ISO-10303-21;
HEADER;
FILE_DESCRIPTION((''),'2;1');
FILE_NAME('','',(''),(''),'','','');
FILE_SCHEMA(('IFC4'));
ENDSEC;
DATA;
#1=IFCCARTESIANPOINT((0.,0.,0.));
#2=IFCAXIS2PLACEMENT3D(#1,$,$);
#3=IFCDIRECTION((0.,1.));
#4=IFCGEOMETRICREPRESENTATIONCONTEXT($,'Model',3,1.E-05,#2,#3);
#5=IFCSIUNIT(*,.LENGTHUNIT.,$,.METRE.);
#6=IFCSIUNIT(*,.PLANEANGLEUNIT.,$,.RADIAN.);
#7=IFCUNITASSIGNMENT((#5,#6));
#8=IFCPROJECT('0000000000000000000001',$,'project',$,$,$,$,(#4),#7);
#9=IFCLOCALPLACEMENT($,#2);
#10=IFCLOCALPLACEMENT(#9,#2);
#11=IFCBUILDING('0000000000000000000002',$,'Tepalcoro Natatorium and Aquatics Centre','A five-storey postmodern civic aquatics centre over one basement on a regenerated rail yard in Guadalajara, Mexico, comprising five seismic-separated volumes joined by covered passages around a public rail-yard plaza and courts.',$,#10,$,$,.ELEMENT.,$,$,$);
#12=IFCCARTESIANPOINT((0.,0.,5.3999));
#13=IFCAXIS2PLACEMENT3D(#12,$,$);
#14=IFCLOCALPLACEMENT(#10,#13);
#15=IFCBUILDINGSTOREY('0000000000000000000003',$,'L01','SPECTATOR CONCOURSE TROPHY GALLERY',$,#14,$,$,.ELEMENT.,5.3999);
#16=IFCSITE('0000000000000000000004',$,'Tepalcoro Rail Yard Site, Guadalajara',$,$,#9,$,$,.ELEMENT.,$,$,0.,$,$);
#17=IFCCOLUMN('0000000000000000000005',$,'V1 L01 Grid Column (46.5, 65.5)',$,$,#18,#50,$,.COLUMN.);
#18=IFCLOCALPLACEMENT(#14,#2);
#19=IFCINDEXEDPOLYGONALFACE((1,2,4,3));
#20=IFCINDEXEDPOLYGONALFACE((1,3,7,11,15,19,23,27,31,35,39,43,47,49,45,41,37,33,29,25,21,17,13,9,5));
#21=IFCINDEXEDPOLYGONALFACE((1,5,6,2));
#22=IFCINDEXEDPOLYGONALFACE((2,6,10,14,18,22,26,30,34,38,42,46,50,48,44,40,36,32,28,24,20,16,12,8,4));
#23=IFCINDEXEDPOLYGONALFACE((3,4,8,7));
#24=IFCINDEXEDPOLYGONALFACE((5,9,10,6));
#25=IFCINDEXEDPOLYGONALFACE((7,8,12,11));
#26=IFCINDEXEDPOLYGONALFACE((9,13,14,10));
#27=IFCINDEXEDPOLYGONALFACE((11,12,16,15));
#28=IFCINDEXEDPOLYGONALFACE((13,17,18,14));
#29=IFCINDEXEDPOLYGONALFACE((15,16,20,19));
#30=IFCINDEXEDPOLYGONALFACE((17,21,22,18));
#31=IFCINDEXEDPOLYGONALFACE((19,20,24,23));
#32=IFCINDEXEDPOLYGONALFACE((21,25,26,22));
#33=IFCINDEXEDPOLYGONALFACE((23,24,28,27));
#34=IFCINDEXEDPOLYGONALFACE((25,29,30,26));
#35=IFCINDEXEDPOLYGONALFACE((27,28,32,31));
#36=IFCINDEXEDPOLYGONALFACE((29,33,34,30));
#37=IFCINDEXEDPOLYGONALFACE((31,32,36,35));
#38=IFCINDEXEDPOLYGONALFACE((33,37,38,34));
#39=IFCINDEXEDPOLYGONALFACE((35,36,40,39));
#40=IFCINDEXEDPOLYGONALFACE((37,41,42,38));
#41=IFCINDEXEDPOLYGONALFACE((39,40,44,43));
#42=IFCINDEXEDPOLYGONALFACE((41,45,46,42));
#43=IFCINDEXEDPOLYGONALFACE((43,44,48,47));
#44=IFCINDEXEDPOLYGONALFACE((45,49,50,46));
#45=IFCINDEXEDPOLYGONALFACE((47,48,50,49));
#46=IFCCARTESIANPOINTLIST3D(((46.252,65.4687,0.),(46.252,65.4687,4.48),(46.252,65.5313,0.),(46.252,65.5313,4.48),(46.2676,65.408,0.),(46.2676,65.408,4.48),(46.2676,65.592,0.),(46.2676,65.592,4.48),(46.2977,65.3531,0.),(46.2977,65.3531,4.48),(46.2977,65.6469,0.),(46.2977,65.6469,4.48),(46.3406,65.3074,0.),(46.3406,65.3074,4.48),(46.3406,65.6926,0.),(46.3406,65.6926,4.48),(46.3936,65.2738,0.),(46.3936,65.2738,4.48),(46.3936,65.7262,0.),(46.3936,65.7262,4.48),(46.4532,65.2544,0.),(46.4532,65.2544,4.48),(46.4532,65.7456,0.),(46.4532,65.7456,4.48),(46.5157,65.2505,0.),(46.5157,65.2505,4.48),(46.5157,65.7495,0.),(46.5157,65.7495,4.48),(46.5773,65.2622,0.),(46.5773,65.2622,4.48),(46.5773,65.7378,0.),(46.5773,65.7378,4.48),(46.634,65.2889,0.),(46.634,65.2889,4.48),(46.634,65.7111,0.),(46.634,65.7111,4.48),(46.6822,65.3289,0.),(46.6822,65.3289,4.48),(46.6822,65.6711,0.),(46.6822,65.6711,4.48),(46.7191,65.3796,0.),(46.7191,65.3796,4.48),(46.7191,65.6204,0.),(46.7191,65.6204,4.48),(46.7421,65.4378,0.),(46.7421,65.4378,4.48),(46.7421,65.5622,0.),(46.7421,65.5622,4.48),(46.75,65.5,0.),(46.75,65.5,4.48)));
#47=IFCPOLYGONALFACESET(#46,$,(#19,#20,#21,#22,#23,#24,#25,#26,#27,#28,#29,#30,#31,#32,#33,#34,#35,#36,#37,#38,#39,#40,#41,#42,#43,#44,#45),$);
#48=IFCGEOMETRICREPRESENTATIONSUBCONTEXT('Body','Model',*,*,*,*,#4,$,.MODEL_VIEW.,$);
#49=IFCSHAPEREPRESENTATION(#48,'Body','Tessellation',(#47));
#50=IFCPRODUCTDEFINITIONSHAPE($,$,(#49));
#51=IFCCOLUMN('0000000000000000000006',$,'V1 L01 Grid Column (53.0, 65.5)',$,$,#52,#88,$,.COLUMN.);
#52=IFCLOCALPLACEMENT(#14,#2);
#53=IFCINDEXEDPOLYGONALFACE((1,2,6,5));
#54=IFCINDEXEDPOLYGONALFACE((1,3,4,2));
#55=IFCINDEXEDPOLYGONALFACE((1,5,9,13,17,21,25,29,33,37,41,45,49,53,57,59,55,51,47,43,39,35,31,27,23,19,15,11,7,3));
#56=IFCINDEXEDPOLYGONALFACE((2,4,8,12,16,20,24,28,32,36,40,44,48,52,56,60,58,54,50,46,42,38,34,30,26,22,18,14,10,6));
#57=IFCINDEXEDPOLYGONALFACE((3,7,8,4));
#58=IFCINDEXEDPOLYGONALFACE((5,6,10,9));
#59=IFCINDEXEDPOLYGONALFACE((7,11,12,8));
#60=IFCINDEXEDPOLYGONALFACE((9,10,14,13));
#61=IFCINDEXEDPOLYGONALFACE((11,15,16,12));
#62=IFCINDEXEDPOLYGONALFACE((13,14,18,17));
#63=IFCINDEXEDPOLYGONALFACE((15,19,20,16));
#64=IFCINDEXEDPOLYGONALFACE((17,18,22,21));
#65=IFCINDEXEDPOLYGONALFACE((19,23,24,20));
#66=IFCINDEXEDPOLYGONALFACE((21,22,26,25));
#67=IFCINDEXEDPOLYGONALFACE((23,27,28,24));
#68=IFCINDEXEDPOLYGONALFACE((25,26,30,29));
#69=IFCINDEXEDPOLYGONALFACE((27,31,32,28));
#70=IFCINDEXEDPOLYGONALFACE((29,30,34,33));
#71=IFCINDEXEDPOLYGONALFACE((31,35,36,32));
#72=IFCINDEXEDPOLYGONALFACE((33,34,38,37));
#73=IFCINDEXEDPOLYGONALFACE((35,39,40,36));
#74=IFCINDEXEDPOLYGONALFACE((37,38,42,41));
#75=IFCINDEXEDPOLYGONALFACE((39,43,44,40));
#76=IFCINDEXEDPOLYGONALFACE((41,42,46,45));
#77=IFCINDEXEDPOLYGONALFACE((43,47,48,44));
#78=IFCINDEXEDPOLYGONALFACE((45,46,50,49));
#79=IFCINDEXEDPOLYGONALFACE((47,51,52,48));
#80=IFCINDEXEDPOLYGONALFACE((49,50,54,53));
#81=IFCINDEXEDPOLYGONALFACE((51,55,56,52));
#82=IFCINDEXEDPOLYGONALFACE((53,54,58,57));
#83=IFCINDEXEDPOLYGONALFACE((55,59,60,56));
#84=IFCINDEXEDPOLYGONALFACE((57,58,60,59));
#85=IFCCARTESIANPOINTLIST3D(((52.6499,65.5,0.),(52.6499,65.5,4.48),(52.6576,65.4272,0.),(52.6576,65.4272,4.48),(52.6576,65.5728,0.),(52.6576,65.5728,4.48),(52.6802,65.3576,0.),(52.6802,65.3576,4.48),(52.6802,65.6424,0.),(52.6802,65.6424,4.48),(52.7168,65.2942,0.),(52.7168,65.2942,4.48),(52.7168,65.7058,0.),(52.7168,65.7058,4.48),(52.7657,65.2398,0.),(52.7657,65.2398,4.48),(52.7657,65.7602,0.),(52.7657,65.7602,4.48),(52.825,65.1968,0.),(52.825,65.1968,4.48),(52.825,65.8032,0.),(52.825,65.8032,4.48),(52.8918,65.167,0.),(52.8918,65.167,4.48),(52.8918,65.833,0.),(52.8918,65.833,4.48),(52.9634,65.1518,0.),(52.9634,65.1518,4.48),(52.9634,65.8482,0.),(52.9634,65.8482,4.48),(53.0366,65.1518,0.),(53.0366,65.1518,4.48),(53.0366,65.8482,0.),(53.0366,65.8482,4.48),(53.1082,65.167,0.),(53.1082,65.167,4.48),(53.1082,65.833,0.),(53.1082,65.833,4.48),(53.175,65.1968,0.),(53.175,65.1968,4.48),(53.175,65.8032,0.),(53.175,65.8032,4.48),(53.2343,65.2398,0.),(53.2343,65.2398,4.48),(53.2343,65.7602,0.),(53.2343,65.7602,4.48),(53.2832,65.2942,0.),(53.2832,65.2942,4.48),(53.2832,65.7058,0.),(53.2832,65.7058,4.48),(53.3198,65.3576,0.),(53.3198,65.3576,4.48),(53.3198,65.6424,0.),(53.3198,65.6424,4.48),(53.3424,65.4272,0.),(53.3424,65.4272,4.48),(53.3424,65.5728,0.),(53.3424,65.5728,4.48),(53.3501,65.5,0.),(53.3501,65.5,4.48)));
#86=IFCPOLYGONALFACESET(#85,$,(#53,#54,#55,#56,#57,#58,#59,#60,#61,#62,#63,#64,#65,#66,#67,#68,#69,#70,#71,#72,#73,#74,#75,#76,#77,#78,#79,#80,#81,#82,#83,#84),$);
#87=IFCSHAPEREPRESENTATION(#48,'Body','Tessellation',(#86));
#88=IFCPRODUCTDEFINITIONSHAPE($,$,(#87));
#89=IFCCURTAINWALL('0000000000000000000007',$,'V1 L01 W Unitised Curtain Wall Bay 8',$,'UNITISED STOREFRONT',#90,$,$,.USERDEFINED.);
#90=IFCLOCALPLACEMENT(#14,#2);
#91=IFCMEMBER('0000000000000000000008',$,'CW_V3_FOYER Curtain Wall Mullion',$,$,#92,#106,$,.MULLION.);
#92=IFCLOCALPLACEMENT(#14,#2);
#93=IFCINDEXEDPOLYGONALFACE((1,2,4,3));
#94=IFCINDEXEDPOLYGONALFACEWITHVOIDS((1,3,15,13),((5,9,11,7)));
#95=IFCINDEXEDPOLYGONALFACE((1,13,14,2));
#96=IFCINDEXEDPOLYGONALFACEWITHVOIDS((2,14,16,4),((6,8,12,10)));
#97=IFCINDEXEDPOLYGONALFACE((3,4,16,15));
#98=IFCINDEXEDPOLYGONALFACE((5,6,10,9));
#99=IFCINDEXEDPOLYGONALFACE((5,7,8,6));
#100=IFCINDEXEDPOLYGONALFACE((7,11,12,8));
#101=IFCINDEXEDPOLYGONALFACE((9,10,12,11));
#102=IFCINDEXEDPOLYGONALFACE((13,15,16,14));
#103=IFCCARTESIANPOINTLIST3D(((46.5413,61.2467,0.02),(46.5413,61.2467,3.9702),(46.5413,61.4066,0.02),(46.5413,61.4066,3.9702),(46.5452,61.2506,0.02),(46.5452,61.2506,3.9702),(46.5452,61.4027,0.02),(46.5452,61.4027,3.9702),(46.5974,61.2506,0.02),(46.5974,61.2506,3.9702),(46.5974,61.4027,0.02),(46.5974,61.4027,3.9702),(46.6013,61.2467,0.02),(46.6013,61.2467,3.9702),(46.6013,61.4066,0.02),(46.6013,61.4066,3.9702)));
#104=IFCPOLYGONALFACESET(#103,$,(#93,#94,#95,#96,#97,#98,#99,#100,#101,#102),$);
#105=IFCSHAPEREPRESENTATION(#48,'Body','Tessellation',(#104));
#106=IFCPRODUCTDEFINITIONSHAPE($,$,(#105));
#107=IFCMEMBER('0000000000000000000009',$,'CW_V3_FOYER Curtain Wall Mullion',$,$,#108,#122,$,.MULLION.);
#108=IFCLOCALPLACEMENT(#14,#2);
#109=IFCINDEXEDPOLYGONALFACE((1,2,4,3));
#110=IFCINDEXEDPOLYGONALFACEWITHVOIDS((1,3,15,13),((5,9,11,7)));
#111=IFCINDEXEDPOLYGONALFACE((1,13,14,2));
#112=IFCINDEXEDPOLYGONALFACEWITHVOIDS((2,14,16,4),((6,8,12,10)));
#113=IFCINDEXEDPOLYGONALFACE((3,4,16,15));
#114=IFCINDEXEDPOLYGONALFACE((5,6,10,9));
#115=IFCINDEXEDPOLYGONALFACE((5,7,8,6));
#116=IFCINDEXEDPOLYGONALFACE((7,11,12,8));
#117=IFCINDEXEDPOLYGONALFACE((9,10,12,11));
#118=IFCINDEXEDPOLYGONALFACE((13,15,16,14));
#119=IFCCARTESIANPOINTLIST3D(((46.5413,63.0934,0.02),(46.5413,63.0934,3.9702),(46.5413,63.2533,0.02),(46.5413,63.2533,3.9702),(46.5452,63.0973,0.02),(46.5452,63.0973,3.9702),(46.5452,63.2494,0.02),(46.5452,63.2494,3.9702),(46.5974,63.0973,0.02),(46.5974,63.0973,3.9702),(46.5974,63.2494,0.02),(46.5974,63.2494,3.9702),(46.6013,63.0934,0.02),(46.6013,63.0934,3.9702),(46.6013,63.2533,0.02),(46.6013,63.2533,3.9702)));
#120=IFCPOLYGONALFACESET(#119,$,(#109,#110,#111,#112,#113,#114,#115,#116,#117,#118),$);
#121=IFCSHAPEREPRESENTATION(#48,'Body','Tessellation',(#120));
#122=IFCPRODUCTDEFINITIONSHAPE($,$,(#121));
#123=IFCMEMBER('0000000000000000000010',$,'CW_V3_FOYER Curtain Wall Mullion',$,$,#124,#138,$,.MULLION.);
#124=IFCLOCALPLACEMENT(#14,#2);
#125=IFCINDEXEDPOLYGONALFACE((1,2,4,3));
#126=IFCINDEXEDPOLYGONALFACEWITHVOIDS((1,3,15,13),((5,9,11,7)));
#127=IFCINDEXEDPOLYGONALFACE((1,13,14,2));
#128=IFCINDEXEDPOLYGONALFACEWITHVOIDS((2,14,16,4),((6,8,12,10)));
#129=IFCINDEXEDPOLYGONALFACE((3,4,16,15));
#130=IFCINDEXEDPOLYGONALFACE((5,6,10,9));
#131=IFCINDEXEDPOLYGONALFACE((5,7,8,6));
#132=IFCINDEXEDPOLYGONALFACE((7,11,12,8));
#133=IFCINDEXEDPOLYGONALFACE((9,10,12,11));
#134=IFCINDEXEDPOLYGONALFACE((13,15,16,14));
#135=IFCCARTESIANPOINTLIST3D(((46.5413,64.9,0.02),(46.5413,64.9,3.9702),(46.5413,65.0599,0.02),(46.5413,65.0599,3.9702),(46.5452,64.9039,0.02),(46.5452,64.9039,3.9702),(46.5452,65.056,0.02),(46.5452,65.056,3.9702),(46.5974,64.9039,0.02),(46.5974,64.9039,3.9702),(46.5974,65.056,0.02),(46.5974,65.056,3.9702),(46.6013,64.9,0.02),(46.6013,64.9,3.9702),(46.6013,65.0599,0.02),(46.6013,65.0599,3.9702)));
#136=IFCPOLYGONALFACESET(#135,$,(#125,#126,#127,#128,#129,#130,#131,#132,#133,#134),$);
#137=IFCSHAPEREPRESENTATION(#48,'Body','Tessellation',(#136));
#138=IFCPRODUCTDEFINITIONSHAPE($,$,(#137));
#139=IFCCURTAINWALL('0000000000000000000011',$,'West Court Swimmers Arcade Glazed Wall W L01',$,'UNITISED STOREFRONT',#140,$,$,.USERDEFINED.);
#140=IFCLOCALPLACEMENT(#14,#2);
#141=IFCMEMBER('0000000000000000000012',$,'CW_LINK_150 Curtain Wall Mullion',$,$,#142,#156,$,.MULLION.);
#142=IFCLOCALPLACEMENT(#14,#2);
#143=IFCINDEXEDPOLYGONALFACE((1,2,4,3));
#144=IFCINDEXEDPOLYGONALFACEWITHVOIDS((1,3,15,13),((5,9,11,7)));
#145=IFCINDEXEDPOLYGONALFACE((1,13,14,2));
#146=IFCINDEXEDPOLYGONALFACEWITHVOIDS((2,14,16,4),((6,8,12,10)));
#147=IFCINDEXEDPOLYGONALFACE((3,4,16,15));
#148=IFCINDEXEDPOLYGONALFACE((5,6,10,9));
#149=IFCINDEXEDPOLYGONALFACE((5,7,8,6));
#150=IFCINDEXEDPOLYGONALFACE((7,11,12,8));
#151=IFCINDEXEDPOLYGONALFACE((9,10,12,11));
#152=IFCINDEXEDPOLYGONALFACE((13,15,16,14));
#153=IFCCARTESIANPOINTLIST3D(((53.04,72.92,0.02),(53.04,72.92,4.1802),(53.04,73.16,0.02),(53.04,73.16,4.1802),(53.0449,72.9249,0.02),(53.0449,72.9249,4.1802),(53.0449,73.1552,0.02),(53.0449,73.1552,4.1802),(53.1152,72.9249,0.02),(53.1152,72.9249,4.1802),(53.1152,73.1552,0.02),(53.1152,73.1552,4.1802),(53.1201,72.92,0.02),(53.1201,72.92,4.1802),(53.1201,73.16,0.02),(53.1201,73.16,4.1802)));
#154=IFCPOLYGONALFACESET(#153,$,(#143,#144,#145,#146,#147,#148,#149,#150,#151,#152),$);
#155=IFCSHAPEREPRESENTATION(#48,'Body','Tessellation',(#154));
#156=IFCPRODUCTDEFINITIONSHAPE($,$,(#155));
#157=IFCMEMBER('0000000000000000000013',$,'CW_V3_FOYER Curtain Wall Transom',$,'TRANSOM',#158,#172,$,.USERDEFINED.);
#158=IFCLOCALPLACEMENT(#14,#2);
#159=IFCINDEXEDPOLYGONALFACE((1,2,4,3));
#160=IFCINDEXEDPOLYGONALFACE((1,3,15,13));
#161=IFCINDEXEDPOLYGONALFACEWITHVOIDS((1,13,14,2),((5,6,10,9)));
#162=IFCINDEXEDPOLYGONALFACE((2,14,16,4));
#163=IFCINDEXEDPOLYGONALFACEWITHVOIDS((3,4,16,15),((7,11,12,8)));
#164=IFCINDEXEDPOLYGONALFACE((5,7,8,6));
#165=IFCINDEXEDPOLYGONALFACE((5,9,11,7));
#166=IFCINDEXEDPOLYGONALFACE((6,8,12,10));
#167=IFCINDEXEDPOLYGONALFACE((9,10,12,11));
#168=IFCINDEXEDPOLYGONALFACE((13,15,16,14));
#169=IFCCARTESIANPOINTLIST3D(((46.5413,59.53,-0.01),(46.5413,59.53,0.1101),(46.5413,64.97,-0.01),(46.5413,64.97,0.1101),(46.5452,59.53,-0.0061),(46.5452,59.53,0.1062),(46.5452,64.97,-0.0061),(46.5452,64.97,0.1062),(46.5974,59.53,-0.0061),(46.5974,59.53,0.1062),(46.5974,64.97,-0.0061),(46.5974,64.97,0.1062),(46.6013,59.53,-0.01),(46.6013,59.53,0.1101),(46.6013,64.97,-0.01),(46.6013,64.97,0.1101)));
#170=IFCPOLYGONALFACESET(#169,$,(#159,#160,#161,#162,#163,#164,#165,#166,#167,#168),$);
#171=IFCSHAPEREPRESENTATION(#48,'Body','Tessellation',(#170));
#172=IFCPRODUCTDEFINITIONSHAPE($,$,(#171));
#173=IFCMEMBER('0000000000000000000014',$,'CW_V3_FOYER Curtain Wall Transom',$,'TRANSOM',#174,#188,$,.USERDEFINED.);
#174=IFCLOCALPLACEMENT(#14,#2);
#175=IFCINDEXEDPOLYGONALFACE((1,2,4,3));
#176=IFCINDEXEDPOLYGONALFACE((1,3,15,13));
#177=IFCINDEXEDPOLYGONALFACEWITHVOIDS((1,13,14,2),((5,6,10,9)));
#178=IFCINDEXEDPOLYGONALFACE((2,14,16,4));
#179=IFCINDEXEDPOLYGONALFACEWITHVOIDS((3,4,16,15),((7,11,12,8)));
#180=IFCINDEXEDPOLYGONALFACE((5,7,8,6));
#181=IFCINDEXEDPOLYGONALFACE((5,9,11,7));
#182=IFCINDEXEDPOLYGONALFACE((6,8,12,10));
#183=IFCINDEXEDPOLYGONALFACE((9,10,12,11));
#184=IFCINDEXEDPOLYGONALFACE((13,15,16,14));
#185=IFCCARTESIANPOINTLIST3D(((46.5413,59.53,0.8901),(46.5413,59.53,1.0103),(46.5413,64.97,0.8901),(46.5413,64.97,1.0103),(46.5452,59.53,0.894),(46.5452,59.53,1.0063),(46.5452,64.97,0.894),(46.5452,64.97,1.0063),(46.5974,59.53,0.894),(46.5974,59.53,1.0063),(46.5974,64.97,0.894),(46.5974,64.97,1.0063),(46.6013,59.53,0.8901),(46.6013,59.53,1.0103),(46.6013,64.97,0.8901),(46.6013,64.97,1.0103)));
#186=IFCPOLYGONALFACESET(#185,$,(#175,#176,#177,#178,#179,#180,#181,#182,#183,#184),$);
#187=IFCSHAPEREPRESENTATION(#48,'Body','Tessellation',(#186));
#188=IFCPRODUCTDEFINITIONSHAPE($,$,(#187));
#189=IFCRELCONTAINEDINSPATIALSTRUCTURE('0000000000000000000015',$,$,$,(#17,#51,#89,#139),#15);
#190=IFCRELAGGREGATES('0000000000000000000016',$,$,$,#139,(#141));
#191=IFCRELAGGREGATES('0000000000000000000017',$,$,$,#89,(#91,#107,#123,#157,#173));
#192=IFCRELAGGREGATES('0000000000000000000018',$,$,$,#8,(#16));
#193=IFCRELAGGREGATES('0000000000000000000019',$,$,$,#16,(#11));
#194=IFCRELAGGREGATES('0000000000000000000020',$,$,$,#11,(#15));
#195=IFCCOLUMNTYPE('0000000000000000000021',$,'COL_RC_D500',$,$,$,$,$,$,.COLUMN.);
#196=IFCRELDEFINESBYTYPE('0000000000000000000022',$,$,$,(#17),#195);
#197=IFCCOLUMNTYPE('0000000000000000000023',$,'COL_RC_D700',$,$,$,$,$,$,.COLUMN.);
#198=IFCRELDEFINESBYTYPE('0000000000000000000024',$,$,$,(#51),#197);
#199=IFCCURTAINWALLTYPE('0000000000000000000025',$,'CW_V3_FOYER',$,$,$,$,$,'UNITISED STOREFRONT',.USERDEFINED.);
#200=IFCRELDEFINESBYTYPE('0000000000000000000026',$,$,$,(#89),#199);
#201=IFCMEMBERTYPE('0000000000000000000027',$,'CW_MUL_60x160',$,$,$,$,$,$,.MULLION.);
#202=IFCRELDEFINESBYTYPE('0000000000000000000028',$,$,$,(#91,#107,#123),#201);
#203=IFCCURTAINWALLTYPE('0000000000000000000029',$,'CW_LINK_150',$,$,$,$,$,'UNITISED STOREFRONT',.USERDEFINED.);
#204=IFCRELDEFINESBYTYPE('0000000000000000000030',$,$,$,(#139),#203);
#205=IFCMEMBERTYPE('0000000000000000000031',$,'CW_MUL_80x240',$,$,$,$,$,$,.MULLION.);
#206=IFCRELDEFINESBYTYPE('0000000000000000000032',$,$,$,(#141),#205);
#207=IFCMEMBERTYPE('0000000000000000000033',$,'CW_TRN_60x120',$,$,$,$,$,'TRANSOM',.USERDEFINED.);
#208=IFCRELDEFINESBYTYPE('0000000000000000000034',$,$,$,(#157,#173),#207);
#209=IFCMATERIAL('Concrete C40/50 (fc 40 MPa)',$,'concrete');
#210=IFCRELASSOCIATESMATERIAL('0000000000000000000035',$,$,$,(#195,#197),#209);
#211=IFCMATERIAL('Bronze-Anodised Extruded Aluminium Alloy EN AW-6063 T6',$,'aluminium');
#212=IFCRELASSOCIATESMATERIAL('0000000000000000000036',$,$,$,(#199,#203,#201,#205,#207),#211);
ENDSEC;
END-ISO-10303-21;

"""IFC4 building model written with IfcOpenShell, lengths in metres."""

from ifc_helpers import new_model, si_unit, direction, frame, origin, origin_2d, place, context, subcontext, project, spatial, hollow_rectangle, circle, extrude, material, material_profile, profile_set, type_object, element, aggregate, save


model = new_model("IFC4")

# Units and contexts
model_context = context("Model", 3, precision=1e-05, world=origin(), true_north=direction((0.0, 1.0)))
body_context = subcontext(model_context, "Body", "Model", "MODEL_VIEW")
ifc_project = project(units=[si_unit("LENGTHUNIT", "METRE"), si_unit("PLANEANGLEUNIT", "RADIAN")], contexts=[model_context])

# Site, building, storey
site_placement = place(None, origin())
site = spatial("IfcSite", under=ifc_project, at=site_placement, Name="Tepalcoro Rail Yard Site, Guadalajara", CompositionType="ELEMENT", RefElevation=0.0)
building_placement = place(site_placement, origin())
building = spatial("IfcBuilding", under=site, at=building_placement, Name="Tepalcoro Natatorium and Aquatics Centre", Description="A five-storey postmodern civic aquatics centre over one basement on a regenerated rail yard in Guadalajara, Mexico, comprising five seismic-separated volumes joined by covered passages around a public rail-yard plaza and courts.", CompositionType="ELEMENT")
storey_placement = place(building_placement, frame((0.0, 0.0, 5.3999)))
storey = spatial("IfcBuildingStorey", under=building, at=storey_placement, Name="L01", Description="SPECTATOR CONCOURSE TROPHY GALLERY", CompositionType="ELEMENT", Elevation=5.3999)

# Columns
ifc_material_1 = material(Name="Concrete C40/50 (fc 40 MPa)", Category="concrete")
ifc_material_profile_1 = material_profile(ifc_material_1, circle(Radius=0.25, at=origin_2d()), Name="RCD500")
ifc_profile_set_1 = profile_set([ifc_material_profile_1], Name="Concrete C40/50 (fc 40 MPa)")
column_type_1 = type_object("IfcColumnType", Name="COL_RC_D500", PredefinedType="COLUMN", material=ifc_profile_set_1)
column_1_placement = place(storey_placement, frame((46.5, 65.5, 0.0), z_axis=(0.0, 0.0, 1.0), x_axis=(1.0, 0.0, 0.0)))
element("IfcColumn", 1, at=column_1_placement, inside=storey, type_object=column_type_1, Name="V1 L01 Grid Column (46.5, 65.5)", PredefinedType="COLUMN", context=body_context, shape_type="SweptSolid", body=[
    extrude(circle(Radius=0.25, at=origin_2d()), origin(), (0.0, 0.0, 1.0), 4.48),
])
ifc_material_profile_2 = material_profile(ifc_material_1, circle(Radius=0.3501, at=origin_2d()), Name="RCD700")
ifc_profile_set_2 = profile_set([ifc_material_profile_2], Name="Concrete C40/50 (fc 40 MPa)")
column_type_2 = type_object("IfcColumnType", Name="COL_RC_D700", PredefinedType="COLUMN", material=ifc_profile_set_2)
column_2_placement = place(storey_placement, frame((53.0, 65.5, 0.0), z_axis=(0.0, 0.0, 1.0), x_axis=(1.0, 0.0, 0.0)))
element("IfcColumn", 2, at=column_2_placement, inside=storey, type_object=column_type_2, Name="V1 L01 Grid Column (53.0, 65.5)", PredefinedType="COLUMN", context=body_context, shape_type="SweptSolid", body=[
    extrude(circle(Radius=0.3501, at=origin_2d()), origin(), (0.0, 0.0, 1.0), 4.48),
])

# Curtain wall, members
ifc_material_2 = material(Name="Bronze-Anodised Extruded Aluminium Alloy EN AW-6063 T6", Category="aluminium")
curtain_wall_type_1 = type_object("IfcCurtainWallType", Name="CW_V3_FOYER", ElementType="UNITISED STOREFRONT", PredefinedType="USERDEFINED", material=ifc_material_2)
curtain_wall_1_placement = place(storey_placement, origin())
curtain_wall_1 = element("IfcCurtainWall", 3, at=curtain_wall_1_placement, inside=storey, type_object=curtain_wall_type_1, Name="V1 L01 W Unitised Curtain Wall Bay 8", ObjectType="UNITISED STOREFRONT", PredefinedType="USERDEFINED")
ifc_material_profile_3 = material_profile(ifc_material_2, hollow_rectangle(XDim=0.0601, YDim=0.1599, WallThickness=0.0039, at=origin_2d()), Name="AL60X160X4")
ifc_profile_set_3 = profile_set([ifc_material_profile_3], Name="Bronze-Anodised Extruded Aluminium Alloy EN AW-6063 T6")
member_type_1 = type_object("IfcMemberType", Name="CW_MUL_60x160", PredefinedType="MULLION", material=ifc_profile_set_3)
member_1_placement = place(storey_placement, frame((46.5713, 61.3267, 0.02), z_axis=(0.0, 0.0, 1.0), x_axis=(1.0, 0.0, 0.0)))
member_1 = element("IfcMember", 4, at=member_1_placement, type_object=member_type_1, Name="CW_V3_FOYER Curtain Wall Mullion", PredefinedType="MULLION", context=body_context, shape_type="SweptSolid", body=[
    extrude(hollow_rectangle(XDim=0.0601, YDim=0.1599, WallThickness=0.0039, at=origin_2d()), origin(), (0.0, 0.0, 1.0), 3.9502),
])
member_2_placement = place(storey_placement, frame((46.5713, 63.1733, 0.02), z_axis=(0.0, 0.0, 1.0), x_axis=(1.0, 0.0, 0.0)))
member_2 = element("IfcMember", 5, at=member_2_placement, type_object=member_type_1, Name="CW_V3_FOYER Curtain Wall Mullion", PredefinedType="MULLION", context=body_context, shape_type="SweptSolid", body=[
    extrude(hollow_rectangle(XDim=0.0601, YDim=0.1599, WallThickness=0.0039, at=origin_2d()), origin(), (0.0, 0.0, 1.0), 3.9502),
])
member_3_placement = place(storey_placement, frame((46.5713, 64.98, 0.02), z_axis=(0.0, 0.0, 1.0), x_axis=(1.0, 0.0, 0.0)))
member_3 = element("IfcMember", 6, at=member_3_placement, type_object=member_type_1, Name="CW_V3_FOYER Curtain Wall Mullion", PredefinedType="MULLION", context=body_context, shape_type="SweptSolid", body=[
    extrude(hollow_rectangle(XDim=0.0601, YDim=0.1599, WallThickness=0.0039, at=origin_2d()), origin(), (0.0, 0.0, 1.0), 3.9502),
])

# Curtain wall, member
curtain_wall_type_2 = type_object("IfcCurtainWallType", Name="CW_LINK_150", ElementType="UNITISED STOREFRONT", PredefinedType="USERDEFINED", material=ifc_material_2)
curtain_wall_2_placement = place(storey_placement, origin())
curtain_wall_2 = element("IfcCurtainWall", 7, at=curtain_wall_2_placement, inside=storey, type_object=curtain_wall_type_2, Name="West Court Swimmers Arcade Glazed Wall W L01", ObjectType="UNITISED STOREFRONT", PredefinedType="USERDEFINED")
ifc_material_profile_4 = material_profile(ifc_material_2, hollow_rectangle(XDim=0.0801, YDim=0.24, WallThickness=0.0049, at=origin_2d()), Name="AL80X240X5")
ifc_profile_set_4 = profile_set([ifc_material_profile_4], Name="Bronze-Anodised Extruded Aluminium Alloy EN AW-6063 T6")
member_type_2 = type_object("IfcMemberType", Name="CW_MUL_80x240", PredefinedType="MULLION", material=ifc_profile_set_4)
member_4_placement = place(storey_placement, frame((53.0801, 73.04, 0.02), z_axis=(0.0, 0.0, 1.0), x_axis=(1.0, 0.0, 0.0)))
member_4 = element("IfcMember", 8, at=member_4_placement, type_object=member_type_2, Name="CW_LINK_150 Curtain Wall Mullion", PredefinedType="MULLION", context=body_context, shape_type="SweptSolid", body=[
    extrude(hollow_rectangle(XDim=0.0801, YDim=0.24, WallThickness=0.0049, at=origin_2d()), origin(), (0.0, 0.0, 1.0), 4.1602),
])
aggregate(curtain_wall_2, [member_4])

# Members
ifc_material_profile_5 = material_profile(ifc_material_2, hollow_rectangle(XDim=0.0601, YDim=0.1201, WallThickness=0.0039, at=origin_2d()), Name="AL60X120X4")
ifc_profile_set_5 = profile_set([ifc_material_profile_5], Name="Bronze-Anodised Extruded Aluminium Alloy EN AW-6063 T6")
member_type_3 = type_object("IfcMemberType", Name="CW_TRN_60x120", ElementType="TRANSOM", PredefinedType="USERDEFINED", material=ifc_profile_set_5)
member_5_placement = place(storey_placement, frame((46.5713, 59.53, 0.05), z_axis=(0.0, 1.0, 0.0), x_axis=(-1.0, 0.0, 0.0)))
member_5 = element("IfcMember", 9, at=member_5_placement, type_object=member_type_3, Name="CW_V3_FOYER Curtain Wall Transom", ObjectType="TRANSOM", PredefinedType="USERDEFINED", context=body_context, shape_type="SweptSolid", body=[
    extrude(hollow_rectangle(XDim=0.0601, YDim=0.1201, WallThickness=0.0039, at=origin_2d()), origin(), (0.0, 0.0, 1.0), 5.4399),
])
member_6_placement = place(storey_placement, frame((46.5713, 59.53, 0.9502), z_axis=(0.0, 1.0, 0.0), x_axis=(-1.0, 0.0, 0.0)))
member_6 = element("IfcMember", 10, at=member_6_placement, type_object=member_type_3, Name="CW_V3_FOYER Curtain Wall Transom", ObjectType="TRANSOM", PredefinedType="USERDEFINED", context=body_context, shape_type="SweptSolid", body=[
    extrude(hollow_rectangle(XDim=0.0601, YDim=0.1201, WallThickness=0.0039, at=origin_2d()), origin(), (0.0, 0.0, 1.0), 5.4399),
])

aggregate(curtain_wall_1, [member_1, member_2, member_3, member_5, member_6])

save(model, "model.ifc")
